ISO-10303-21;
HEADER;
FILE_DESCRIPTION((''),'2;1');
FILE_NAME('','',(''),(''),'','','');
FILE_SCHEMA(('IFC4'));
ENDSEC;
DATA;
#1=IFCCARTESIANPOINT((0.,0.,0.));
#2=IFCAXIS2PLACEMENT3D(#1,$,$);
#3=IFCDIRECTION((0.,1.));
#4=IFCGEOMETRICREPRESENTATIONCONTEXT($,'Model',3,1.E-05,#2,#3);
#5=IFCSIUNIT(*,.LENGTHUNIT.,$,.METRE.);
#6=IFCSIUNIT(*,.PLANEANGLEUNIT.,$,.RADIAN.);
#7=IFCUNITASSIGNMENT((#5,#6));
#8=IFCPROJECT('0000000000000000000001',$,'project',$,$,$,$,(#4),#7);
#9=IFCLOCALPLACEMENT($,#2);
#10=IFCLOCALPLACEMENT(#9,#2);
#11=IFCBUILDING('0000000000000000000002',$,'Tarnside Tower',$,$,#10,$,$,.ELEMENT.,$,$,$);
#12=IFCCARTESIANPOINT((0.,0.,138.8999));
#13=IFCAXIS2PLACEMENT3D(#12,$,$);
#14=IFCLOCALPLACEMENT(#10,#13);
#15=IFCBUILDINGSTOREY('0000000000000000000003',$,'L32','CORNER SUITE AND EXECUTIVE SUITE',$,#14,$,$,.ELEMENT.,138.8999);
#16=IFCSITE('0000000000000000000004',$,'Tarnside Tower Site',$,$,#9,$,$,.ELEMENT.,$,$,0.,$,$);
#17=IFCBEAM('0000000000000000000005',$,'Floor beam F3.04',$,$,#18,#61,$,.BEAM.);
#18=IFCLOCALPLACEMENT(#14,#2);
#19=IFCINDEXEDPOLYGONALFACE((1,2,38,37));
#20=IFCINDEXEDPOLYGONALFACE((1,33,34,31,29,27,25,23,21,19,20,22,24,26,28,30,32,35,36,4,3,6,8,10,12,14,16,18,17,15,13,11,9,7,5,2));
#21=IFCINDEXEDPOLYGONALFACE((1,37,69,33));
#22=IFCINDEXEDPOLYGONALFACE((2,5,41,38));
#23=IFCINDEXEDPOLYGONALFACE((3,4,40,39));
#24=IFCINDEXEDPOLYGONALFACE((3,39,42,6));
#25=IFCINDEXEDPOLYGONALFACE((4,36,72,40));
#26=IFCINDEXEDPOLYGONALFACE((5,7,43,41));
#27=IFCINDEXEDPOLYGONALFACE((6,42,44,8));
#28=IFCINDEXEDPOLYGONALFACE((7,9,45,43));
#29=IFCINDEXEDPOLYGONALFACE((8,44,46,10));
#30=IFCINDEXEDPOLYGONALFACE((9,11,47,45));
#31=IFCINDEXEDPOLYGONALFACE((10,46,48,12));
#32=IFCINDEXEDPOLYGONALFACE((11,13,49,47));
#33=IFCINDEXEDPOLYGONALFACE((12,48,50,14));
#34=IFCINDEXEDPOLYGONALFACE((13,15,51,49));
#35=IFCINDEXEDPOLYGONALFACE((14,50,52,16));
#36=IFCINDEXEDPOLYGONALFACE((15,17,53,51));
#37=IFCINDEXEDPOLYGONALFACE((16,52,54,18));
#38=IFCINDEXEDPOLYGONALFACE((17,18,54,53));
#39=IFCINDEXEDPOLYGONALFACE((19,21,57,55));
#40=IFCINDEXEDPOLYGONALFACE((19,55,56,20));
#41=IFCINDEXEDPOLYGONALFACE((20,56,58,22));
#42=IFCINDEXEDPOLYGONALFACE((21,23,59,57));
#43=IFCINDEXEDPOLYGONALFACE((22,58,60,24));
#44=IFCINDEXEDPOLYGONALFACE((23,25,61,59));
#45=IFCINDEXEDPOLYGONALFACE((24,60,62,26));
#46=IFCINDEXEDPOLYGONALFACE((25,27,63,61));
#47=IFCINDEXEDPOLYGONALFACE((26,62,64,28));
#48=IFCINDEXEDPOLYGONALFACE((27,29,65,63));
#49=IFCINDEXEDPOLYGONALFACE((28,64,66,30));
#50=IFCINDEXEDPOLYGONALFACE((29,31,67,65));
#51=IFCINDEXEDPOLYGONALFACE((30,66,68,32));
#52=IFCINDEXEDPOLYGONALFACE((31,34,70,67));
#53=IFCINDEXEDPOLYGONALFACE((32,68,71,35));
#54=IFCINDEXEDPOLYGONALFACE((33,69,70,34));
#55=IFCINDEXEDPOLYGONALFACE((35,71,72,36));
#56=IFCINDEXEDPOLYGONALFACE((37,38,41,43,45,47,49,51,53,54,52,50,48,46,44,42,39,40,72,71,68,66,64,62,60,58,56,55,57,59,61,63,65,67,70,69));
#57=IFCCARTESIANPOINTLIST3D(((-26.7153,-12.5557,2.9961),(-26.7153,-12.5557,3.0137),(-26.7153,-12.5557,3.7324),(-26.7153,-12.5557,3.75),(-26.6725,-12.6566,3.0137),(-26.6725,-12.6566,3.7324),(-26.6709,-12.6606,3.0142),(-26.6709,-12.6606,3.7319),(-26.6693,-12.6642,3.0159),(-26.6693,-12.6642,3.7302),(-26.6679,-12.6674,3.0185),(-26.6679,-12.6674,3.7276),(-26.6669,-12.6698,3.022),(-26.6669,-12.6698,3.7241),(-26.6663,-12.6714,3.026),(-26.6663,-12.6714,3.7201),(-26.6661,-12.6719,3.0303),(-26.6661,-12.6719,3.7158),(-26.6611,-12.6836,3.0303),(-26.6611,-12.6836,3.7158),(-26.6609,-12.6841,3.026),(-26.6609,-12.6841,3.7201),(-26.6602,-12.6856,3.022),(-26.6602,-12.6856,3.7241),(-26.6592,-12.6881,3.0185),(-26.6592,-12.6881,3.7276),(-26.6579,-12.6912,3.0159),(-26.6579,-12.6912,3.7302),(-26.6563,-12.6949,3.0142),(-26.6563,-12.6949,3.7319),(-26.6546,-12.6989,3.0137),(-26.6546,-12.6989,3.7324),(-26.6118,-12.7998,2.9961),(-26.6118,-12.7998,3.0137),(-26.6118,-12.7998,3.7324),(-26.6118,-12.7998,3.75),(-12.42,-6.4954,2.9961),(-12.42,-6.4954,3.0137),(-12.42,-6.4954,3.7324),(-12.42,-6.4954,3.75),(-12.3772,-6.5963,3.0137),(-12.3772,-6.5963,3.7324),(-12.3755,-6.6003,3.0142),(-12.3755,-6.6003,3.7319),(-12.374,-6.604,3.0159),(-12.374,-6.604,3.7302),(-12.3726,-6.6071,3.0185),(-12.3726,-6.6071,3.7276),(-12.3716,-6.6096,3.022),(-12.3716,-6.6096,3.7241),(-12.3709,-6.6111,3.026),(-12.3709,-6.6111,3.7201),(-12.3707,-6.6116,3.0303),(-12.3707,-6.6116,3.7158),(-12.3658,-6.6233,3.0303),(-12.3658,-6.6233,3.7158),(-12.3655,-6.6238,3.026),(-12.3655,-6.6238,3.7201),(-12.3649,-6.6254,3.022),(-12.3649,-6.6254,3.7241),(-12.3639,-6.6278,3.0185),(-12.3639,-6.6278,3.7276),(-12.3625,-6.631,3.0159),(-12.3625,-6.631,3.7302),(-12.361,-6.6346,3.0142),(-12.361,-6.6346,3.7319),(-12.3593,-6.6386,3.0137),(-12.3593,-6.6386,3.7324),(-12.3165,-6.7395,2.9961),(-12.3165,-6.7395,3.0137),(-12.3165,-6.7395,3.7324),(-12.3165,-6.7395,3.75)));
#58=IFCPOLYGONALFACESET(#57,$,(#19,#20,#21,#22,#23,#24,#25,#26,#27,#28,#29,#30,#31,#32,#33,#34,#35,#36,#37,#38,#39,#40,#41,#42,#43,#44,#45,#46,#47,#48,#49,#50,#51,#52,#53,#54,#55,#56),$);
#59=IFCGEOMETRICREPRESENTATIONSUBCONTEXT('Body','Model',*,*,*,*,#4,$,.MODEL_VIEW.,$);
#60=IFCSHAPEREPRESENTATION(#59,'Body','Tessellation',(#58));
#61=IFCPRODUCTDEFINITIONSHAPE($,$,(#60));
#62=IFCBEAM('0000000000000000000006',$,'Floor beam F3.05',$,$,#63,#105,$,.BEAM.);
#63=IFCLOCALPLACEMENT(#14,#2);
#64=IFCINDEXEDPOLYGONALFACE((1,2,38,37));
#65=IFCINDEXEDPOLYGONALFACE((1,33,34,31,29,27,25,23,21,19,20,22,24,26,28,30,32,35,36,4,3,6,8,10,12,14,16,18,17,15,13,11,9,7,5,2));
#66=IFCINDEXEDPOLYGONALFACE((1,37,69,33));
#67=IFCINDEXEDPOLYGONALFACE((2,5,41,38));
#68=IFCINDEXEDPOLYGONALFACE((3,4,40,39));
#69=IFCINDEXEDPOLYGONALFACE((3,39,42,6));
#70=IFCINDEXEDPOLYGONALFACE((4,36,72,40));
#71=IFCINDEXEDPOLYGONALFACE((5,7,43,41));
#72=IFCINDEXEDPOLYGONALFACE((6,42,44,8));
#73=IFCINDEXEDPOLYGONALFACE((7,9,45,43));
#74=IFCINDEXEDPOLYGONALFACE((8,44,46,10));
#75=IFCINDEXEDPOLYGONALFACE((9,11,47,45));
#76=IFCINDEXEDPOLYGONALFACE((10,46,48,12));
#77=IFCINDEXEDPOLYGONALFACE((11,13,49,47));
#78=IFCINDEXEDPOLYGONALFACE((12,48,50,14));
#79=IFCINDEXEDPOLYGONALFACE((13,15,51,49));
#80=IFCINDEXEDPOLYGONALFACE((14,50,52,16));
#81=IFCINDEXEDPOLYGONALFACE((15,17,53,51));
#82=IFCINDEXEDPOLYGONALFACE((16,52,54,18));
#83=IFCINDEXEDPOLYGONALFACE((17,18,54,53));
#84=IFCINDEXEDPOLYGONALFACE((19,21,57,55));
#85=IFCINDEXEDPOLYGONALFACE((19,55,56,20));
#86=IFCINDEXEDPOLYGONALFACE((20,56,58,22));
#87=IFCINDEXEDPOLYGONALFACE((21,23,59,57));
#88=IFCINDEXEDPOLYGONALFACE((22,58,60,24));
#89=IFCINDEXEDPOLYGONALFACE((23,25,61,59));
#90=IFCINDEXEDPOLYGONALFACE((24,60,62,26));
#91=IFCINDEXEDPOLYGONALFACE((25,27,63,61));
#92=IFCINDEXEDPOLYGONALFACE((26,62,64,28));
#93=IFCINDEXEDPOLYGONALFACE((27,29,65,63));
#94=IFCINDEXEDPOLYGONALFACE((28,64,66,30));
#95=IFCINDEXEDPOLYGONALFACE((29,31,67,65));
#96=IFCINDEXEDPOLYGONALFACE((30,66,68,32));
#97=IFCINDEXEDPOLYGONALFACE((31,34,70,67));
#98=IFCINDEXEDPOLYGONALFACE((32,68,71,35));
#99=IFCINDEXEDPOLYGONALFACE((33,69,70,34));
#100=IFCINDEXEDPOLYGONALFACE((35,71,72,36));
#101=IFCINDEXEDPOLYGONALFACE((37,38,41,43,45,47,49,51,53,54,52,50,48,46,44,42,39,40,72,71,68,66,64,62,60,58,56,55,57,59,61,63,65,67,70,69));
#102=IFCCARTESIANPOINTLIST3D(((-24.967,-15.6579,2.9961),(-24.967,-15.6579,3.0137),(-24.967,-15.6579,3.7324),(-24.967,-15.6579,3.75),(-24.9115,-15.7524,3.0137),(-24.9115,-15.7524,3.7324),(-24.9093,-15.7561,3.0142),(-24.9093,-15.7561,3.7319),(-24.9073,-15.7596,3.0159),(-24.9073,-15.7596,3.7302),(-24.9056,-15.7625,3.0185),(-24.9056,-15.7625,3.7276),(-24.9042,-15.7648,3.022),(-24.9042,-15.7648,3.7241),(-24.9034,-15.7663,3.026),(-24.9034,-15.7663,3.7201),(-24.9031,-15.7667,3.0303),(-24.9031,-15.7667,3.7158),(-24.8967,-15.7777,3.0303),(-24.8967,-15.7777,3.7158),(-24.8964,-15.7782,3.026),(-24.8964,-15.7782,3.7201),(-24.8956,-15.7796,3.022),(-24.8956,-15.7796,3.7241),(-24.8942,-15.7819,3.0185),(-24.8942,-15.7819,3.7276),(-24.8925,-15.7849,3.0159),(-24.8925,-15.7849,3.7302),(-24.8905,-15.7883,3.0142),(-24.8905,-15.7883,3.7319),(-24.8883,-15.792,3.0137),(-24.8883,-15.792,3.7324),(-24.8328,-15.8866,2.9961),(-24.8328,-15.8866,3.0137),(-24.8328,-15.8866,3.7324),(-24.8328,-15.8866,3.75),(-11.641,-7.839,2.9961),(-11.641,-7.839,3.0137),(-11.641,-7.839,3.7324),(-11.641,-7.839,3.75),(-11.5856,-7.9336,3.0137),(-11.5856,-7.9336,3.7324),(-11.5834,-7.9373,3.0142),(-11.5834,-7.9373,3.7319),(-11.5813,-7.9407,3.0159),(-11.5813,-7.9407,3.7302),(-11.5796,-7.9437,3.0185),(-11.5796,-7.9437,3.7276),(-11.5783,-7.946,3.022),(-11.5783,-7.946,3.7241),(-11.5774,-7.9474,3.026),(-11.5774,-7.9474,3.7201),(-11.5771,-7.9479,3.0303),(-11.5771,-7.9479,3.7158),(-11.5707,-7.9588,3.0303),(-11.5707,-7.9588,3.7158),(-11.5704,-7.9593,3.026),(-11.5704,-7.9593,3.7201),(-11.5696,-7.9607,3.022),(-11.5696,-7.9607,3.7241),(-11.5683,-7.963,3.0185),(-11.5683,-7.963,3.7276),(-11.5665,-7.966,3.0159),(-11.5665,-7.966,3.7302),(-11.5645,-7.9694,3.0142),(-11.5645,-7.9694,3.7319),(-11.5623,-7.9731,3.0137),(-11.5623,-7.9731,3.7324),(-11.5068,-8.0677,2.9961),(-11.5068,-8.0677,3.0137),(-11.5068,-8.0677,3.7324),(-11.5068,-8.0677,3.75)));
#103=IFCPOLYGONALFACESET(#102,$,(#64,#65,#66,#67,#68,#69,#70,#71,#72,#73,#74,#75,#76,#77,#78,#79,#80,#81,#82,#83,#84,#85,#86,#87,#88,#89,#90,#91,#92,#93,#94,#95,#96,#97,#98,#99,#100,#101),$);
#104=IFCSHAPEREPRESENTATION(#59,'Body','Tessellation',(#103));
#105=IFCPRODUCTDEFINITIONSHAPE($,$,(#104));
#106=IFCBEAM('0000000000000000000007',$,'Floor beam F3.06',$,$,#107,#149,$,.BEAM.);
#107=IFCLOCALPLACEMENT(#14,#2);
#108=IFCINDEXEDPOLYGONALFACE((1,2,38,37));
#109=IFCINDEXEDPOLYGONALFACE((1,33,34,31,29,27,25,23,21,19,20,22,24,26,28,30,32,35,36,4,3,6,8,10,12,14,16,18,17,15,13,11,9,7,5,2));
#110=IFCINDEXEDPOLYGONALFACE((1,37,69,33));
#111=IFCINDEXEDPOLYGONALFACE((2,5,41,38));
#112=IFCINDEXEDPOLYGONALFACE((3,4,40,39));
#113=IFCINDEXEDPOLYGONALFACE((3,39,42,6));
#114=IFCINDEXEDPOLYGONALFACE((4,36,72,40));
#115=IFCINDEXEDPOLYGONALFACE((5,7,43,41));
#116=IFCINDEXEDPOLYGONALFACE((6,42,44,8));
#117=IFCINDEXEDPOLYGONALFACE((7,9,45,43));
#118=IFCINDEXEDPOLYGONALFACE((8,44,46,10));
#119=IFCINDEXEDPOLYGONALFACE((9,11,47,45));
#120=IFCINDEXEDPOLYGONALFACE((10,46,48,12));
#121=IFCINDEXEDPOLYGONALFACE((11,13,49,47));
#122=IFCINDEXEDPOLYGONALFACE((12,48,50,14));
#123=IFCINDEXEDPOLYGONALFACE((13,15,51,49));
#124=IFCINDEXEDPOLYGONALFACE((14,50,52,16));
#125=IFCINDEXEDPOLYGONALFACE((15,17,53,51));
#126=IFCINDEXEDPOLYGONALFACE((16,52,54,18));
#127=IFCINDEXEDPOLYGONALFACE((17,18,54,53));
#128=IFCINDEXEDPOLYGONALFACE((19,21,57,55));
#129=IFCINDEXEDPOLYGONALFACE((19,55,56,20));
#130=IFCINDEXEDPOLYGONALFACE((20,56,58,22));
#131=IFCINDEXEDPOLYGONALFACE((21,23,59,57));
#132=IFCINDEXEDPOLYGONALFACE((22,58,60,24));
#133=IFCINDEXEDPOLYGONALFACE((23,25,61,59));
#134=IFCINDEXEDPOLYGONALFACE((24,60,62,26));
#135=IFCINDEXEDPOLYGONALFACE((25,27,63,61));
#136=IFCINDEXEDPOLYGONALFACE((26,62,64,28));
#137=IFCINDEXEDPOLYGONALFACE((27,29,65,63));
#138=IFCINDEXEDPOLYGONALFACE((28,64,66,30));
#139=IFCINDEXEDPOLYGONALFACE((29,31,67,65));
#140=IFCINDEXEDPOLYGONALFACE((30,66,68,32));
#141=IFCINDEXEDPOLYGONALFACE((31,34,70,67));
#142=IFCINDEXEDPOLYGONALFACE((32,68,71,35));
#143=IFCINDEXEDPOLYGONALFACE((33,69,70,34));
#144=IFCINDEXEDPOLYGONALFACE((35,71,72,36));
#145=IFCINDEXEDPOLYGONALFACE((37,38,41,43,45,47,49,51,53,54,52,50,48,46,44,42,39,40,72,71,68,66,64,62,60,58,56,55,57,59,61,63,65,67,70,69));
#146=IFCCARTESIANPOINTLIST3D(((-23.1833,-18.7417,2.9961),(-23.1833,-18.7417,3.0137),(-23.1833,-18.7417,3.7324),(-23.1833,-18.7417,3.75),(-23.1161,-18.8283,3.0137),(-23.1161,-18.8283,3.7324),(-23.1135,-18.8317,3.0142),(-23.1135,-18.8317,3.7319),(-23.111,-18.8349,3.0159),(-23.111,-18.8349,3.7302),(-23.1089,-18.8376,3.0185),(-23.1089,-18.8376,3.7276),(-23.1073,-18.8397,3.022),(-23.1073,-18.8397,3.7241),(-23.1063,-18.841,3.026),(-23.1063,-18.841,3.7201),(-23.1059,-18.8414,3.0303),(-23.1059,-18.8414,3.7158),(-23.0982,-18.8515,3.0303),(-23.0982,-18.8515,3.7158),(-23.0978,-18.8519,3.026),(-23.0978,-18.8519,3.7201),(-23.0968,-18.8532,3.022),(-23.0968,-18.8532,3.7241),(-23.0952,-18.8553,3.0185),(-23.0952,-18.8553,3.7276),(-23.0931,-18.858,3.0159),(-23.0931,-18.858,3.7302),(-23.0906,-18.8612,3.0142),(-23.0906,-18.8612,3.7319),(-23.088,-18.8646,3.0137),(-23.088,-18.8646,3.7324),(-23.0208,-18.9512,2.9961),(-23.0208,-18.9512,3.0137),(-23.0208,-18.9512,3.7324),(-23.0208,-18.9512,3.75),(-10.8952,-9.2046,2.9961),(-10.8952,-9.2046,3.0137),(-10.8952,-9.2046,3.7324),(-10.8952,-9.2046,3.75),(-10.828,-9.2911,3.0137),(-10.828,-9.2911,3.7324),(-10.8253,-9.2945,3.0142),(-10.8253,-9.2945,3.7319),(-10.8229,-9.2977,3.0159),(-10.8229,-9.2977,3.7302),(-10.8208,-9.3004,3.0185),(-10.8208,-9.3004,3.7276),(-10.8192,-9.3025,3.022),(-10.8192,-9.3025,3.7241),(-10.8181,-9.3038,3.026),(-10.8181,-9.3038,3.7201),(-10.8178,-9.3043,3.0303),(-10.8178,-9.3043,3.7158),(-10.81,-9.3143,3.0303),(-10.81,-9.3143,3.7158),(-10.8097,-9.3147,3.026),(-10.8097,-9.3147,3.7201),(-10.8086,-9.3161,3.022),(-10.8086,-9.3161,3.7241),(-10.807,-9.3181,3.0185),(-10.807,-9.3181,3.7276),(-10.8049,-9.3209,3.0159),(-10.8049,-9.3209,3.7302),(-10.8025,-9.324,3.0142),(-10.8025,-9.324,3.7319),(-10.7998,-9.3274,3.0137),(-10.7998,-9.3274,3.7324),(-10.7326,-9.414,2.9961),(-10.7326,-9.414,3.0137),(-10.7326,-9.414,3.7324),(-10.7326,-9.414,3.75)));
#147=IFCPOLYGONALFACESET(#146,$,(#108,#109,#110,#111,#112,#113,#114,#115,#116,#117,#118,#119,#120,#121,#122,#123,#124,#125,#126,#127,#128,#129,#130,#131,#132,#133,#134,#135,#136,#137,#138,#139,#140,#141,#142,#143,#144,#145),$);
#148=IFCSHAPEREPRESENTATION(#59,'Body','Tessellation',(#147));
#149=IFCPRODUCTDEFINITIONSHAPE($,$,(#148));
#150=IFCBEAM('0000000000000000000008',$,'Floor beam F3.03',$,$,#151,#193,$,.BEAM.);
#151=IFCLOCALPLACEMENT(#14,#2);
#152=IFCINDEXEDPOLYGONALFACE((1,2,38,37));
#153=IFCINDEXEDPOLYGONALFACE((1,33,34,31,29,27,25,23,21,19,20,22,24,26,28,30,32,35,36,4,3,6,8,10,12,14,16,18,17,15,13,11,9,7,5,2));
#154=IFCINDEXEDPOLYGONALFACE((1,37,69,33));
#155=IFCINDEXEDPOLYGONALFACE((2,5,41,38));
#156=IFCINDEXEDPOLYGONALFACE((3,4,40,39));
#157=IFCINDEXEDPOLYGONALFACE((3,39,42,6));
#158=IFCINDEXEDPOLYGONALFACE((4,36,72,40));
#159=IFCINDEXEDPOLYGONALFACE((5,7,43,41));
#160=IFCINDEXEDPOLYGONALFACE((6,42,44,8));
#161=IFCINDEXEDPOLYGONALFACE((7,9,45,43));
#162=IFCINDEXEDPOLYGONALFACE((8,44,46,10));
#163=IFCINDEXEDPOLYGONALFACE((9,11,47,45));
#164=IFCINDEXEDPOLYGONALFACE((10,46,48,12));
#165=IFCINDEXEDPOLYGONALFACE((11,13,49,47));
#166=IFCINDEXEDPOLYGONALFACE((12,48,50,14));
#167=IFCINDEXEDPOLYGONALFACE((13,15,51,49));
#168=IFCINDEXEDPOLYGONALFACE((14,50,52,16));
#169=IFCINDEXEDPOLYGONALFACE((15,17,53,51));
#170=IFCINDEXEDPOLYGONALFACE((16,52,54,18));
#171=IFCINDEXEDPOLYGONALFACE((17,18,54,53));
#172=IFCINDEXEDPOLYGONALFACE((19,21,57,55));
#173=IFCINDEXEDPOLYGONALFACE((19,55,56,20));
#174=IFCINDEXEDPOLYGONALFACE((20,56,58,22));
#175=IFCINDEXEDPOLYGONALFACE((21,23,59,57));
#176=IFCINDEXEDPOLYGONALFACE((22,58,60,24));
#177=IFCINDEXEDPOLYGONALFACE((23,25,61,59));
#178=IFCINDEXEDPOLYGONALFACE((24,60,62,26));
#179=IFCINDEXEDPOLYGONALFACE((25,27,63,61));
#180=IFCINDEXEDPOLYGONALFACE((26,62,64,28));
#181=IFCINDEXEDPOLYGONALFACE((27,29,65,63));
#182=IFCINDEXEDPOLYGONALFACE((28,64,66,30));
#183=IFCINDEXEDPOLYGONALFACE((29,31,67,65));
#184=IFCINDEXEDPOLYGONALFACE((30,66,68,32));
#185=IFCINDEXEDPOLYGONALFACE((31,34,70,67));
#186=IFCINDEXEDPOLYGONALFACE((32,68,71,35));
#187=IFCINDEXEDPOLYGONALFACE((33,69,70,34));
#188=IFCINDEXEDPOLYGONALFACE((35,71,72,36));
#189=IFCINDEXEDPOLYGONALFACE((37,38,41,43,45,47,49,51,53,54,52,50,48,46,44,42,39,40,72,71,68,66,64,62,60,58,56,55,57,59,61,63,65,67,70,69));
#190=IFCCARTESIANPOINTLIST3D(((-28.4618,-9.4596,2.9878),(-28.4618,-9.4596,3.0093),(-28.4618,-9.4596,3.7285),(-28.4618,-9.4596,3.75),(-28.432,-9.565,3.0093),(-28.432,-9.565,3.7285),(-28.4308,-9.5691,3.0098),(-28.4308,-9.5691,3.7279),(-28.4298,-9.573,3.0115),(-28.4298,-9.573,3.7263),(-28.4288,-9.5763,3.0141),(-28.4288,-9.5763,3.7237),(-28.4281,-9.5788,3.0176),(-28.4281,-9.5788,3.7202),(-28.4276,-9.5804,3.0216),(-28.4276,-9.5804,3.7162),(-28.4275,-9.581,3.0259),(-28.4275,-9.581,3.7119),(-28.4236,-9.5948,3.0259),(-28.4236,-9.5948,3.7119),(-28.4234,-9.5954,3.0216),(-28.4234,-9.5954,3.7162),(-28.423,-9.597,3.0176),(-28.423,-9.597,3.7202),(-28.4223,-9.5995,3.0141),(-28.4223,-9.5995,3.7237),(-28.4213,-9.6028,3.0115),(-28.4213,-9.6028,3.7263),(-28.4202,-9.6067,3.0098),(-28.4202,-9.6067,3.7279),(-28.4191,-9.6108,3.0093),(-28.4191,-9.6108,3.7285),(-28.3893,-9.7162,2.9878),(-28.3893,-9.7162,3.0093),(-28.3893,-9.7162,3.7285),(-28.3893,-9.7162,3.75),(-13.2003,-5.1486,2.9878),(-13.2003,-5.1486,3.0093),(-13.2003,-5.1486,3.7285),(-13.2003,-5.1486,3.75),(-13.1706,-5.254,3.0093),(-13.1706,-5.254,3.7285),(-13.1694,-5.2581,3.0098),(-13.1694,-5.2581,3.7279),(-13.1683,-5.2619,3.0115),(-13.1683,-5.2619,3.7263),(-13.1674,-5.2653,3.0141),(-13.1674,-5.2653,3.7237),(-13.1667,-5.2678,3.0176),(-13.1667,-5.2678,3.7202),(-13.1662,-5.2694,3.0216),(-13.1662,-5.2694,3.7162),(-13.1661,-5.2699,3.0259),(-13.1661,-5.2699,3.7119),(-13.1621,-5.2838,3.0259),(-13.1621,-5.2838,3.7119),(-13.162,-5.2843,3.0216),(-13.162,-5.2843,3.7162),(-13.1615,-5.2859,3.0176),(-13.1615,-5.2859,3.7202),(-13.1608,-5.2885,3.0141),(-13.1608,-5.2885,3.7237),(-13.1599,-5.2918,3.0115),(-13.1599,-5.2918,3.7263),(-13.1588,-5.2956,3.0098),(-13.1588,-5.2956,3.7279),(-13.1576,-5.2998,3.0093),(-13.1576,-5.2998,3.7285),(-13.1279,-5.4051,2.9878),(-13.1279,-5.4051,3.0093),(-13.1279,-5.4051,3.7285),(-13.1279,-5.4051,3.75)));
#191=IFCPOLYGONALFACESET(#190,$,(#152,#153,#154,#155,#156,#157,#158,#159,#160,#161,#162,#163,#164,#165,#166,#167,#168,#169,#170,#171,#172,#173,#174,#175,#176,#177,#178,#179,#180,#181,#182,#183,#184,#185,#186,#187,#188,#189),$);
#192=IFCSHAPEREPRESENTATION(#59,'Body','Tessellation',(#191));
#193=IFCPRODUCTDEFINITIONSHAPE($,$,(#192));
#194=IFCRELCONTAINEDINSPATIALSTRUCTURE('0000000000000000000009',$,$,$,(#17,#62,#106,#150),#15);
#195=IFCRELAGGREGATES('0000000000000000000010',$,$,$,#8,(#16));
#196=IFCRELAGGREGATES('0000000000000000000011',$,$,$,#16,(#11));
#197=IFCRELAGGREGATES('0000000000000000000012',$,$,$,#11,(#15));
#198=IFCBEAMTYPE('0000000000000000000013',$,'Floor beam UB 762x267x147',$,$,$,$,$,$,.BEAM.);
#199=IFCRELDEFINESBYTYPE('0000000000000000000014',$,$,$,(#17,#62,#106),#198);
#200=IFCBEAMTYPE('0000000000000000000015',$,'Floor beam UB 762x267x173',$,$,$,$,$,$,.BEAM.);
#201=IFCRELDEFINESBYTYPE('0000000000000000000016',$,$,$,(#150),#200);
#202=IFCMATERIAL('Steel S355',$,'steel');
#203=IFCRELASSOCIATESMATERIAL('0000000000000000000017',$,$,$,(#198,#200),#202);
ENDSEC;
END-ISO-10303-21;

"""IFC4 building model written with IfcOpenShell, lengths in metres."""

from ifc_helpers import new_model, si_unit, direction, frame, origin, origin_2d, place, context, subcontext, project, spatial, i_section, extrude, material, material_profile, profile_set, type_object, element, save


model = new_model("IFC4")

# Units and contexts
model_context = context("Model", 3, precision=1e-05, world=origin(), true_north=direction((0.0, 1.0)))
body_context = subcontext(model_context, "Body", "Model", "MODEL_VIEW")
ifc_project = project(units=[si_unit("LENGTHUNIT", "METRE"), si_unit("PLANEANGLEUNIT", "RADIAN")], contexts=[model_context])

# Site, building, storey
site_placement = place(None, origin())
site = spatial("IfcSite", under=ifc_project, at=site_placement, Name="Tarnside Tower Site", CompositionType="ELEMENT", RefElevation=0.0)
building_placement = place(site_placement, origin())
building = spatial("IfcBuilding", under=site, at=building_placement, Name="Tarnside Tower", CompositionType="ELEMENT")
storey_placement = place(building_placement, frame((0.0, 0.0, 138.8999)))
storey = spatial("IfcBuildingStorey", under=building, at=storey_placement, Name="L32", Description="CORNER SUITE AND EXECUTIVE SUITE", CompositionType="ELEMENT", Elevation=138.8999)

# Beams
ifc_material_1 = material(Name="Steel S355", Category="steel")
ifc_material_profile_1 = material_profile(ifc_material_1, i_section(OverallWidth=0.2651, OverallDepth=0.7539, WebThickness=0.0127, FlangeThickness=0.0176, FilletRadius=0.0166, at=origin_2d()), Name="UB 762x267x147")
ifc_profile_set_1 = profile_set([ifc_material_profile_1], Name="Steel S355")
beam_type_1 = type_object("IfcBeamType", Name="Floor beam UB 762x267x147", PredefinedType="BEAM", material=ifc_profile_set_1)
beam_1_placement = place(storey_placement, frame((-26.6636, -12.6777, 3.373), z_axis=(0.920684, 0.390309, 0.0), x_axis=(-0.390309, 0.920684, 0.0)))
element("IfcBeam", 1, at=beam_1_placement, inside=storey, type_object=beam_type_1, Name="Floor beam F3.04", PredefinedType="BEAM", context=body_context, shape_type="SweptSolid", body=[
    extrude(i_section(OverallWidth=0.2651, OverallDepth=0.7539, WebThickness=0.0127, FlangeThickness=0.0176, FilletRadius=0.0166, at=origin_2d()), origin(), (0.0, 0.0, 1.0), 15.5269),
])
beam_2_placement = place(storey_placement, frame((-24.8999, -15.7722, 3.373), z_axis=(0.862498, 0.506061, 0.0), x_axis=(-0.506061, 0.862498, 0.0)))
element("IfcBeam", 2, at=beam_2_placement, inside=storey, type_object=beam_type_1, Name="Floor beam F3.05", PredefinedType="BEAM", context=body_context, shape_type="SweptSolid", body=[
    extrude(i_section(OverallWidth=0.2651, OverallDepth=0.7539, WebThickness=0.0127, FlangeThickness=0.0176, FilletRadius=0.0166, at=origin_2d()), origin(), (0.0, 0.0, 1.0), 15.4504),
])
beam_3_placement = place(storey_placement, frame((-23.1021, -18.8464, 3.373), z_axis=(0.789984, 0.613128, 0.0), x_axis=(-0.613128, 0.789984, 0.0)))
element("IfcBeam", 3, at=beam_3_placement, inside=storey, type_object=beam_type_1, Name="Floor beam F3.06", PredefinedType="BEAM", context=body_context, shape_type="SweptSolid", body=[
    extrude(i_section(OverallWidth=0.2651, OverallDepth=0.7539, WebThickness=0.0127, FlangeThickness=0.0176, FilletRadius=0.0166, at=origin_2d()), origin(), (0.0, 0.0, 1.0), 15.5549),
])
ifc_material_profile_2 = material_profile(ifc_material_1, i_section(OverallWidth=0.2666, OverallDepth=0.7622, WebThickness=0.0144, FlangeThickness=0.0215, FilletRadius=0.0166, at=origin_2d()), Name="UB 762x267x173")
ifc_profile_set_2 = profile_set([ifc_material_profile_2], Name="Steel S355")
beam_type_2 = type_object("IfcBeamType", Name="Floor beam UB 762x267x173", PredefinedType="BEAM", material=ifc_profile_set_2)
beam_4_placement = place(storey_placement, frame((-28.4255, -9.5879, 3.3689), z_axis=(0.962342, 0.271841, 0.0), x_axis=(-0.271841, 0.962342, 0.0)))
element("IfcBeam", 4, at=beam_4_placement, inside=storey, type_object=beam_type_2, Name="Floor beam F3.03", PredefinedType="BEAM", context=body_context, shape_type="SweptSolid", body=[
    extrude(i_section(OverallWidth=0.2666, OverallDepth=0.7622, WebThickness=0.0144, FlangeThickness=0.0215, FilletRadius=0.0166, at=origin_2d()), origin(), (0.0, 0.0, 1.0), 15.8586),
])

save(model, "model.ifc")
